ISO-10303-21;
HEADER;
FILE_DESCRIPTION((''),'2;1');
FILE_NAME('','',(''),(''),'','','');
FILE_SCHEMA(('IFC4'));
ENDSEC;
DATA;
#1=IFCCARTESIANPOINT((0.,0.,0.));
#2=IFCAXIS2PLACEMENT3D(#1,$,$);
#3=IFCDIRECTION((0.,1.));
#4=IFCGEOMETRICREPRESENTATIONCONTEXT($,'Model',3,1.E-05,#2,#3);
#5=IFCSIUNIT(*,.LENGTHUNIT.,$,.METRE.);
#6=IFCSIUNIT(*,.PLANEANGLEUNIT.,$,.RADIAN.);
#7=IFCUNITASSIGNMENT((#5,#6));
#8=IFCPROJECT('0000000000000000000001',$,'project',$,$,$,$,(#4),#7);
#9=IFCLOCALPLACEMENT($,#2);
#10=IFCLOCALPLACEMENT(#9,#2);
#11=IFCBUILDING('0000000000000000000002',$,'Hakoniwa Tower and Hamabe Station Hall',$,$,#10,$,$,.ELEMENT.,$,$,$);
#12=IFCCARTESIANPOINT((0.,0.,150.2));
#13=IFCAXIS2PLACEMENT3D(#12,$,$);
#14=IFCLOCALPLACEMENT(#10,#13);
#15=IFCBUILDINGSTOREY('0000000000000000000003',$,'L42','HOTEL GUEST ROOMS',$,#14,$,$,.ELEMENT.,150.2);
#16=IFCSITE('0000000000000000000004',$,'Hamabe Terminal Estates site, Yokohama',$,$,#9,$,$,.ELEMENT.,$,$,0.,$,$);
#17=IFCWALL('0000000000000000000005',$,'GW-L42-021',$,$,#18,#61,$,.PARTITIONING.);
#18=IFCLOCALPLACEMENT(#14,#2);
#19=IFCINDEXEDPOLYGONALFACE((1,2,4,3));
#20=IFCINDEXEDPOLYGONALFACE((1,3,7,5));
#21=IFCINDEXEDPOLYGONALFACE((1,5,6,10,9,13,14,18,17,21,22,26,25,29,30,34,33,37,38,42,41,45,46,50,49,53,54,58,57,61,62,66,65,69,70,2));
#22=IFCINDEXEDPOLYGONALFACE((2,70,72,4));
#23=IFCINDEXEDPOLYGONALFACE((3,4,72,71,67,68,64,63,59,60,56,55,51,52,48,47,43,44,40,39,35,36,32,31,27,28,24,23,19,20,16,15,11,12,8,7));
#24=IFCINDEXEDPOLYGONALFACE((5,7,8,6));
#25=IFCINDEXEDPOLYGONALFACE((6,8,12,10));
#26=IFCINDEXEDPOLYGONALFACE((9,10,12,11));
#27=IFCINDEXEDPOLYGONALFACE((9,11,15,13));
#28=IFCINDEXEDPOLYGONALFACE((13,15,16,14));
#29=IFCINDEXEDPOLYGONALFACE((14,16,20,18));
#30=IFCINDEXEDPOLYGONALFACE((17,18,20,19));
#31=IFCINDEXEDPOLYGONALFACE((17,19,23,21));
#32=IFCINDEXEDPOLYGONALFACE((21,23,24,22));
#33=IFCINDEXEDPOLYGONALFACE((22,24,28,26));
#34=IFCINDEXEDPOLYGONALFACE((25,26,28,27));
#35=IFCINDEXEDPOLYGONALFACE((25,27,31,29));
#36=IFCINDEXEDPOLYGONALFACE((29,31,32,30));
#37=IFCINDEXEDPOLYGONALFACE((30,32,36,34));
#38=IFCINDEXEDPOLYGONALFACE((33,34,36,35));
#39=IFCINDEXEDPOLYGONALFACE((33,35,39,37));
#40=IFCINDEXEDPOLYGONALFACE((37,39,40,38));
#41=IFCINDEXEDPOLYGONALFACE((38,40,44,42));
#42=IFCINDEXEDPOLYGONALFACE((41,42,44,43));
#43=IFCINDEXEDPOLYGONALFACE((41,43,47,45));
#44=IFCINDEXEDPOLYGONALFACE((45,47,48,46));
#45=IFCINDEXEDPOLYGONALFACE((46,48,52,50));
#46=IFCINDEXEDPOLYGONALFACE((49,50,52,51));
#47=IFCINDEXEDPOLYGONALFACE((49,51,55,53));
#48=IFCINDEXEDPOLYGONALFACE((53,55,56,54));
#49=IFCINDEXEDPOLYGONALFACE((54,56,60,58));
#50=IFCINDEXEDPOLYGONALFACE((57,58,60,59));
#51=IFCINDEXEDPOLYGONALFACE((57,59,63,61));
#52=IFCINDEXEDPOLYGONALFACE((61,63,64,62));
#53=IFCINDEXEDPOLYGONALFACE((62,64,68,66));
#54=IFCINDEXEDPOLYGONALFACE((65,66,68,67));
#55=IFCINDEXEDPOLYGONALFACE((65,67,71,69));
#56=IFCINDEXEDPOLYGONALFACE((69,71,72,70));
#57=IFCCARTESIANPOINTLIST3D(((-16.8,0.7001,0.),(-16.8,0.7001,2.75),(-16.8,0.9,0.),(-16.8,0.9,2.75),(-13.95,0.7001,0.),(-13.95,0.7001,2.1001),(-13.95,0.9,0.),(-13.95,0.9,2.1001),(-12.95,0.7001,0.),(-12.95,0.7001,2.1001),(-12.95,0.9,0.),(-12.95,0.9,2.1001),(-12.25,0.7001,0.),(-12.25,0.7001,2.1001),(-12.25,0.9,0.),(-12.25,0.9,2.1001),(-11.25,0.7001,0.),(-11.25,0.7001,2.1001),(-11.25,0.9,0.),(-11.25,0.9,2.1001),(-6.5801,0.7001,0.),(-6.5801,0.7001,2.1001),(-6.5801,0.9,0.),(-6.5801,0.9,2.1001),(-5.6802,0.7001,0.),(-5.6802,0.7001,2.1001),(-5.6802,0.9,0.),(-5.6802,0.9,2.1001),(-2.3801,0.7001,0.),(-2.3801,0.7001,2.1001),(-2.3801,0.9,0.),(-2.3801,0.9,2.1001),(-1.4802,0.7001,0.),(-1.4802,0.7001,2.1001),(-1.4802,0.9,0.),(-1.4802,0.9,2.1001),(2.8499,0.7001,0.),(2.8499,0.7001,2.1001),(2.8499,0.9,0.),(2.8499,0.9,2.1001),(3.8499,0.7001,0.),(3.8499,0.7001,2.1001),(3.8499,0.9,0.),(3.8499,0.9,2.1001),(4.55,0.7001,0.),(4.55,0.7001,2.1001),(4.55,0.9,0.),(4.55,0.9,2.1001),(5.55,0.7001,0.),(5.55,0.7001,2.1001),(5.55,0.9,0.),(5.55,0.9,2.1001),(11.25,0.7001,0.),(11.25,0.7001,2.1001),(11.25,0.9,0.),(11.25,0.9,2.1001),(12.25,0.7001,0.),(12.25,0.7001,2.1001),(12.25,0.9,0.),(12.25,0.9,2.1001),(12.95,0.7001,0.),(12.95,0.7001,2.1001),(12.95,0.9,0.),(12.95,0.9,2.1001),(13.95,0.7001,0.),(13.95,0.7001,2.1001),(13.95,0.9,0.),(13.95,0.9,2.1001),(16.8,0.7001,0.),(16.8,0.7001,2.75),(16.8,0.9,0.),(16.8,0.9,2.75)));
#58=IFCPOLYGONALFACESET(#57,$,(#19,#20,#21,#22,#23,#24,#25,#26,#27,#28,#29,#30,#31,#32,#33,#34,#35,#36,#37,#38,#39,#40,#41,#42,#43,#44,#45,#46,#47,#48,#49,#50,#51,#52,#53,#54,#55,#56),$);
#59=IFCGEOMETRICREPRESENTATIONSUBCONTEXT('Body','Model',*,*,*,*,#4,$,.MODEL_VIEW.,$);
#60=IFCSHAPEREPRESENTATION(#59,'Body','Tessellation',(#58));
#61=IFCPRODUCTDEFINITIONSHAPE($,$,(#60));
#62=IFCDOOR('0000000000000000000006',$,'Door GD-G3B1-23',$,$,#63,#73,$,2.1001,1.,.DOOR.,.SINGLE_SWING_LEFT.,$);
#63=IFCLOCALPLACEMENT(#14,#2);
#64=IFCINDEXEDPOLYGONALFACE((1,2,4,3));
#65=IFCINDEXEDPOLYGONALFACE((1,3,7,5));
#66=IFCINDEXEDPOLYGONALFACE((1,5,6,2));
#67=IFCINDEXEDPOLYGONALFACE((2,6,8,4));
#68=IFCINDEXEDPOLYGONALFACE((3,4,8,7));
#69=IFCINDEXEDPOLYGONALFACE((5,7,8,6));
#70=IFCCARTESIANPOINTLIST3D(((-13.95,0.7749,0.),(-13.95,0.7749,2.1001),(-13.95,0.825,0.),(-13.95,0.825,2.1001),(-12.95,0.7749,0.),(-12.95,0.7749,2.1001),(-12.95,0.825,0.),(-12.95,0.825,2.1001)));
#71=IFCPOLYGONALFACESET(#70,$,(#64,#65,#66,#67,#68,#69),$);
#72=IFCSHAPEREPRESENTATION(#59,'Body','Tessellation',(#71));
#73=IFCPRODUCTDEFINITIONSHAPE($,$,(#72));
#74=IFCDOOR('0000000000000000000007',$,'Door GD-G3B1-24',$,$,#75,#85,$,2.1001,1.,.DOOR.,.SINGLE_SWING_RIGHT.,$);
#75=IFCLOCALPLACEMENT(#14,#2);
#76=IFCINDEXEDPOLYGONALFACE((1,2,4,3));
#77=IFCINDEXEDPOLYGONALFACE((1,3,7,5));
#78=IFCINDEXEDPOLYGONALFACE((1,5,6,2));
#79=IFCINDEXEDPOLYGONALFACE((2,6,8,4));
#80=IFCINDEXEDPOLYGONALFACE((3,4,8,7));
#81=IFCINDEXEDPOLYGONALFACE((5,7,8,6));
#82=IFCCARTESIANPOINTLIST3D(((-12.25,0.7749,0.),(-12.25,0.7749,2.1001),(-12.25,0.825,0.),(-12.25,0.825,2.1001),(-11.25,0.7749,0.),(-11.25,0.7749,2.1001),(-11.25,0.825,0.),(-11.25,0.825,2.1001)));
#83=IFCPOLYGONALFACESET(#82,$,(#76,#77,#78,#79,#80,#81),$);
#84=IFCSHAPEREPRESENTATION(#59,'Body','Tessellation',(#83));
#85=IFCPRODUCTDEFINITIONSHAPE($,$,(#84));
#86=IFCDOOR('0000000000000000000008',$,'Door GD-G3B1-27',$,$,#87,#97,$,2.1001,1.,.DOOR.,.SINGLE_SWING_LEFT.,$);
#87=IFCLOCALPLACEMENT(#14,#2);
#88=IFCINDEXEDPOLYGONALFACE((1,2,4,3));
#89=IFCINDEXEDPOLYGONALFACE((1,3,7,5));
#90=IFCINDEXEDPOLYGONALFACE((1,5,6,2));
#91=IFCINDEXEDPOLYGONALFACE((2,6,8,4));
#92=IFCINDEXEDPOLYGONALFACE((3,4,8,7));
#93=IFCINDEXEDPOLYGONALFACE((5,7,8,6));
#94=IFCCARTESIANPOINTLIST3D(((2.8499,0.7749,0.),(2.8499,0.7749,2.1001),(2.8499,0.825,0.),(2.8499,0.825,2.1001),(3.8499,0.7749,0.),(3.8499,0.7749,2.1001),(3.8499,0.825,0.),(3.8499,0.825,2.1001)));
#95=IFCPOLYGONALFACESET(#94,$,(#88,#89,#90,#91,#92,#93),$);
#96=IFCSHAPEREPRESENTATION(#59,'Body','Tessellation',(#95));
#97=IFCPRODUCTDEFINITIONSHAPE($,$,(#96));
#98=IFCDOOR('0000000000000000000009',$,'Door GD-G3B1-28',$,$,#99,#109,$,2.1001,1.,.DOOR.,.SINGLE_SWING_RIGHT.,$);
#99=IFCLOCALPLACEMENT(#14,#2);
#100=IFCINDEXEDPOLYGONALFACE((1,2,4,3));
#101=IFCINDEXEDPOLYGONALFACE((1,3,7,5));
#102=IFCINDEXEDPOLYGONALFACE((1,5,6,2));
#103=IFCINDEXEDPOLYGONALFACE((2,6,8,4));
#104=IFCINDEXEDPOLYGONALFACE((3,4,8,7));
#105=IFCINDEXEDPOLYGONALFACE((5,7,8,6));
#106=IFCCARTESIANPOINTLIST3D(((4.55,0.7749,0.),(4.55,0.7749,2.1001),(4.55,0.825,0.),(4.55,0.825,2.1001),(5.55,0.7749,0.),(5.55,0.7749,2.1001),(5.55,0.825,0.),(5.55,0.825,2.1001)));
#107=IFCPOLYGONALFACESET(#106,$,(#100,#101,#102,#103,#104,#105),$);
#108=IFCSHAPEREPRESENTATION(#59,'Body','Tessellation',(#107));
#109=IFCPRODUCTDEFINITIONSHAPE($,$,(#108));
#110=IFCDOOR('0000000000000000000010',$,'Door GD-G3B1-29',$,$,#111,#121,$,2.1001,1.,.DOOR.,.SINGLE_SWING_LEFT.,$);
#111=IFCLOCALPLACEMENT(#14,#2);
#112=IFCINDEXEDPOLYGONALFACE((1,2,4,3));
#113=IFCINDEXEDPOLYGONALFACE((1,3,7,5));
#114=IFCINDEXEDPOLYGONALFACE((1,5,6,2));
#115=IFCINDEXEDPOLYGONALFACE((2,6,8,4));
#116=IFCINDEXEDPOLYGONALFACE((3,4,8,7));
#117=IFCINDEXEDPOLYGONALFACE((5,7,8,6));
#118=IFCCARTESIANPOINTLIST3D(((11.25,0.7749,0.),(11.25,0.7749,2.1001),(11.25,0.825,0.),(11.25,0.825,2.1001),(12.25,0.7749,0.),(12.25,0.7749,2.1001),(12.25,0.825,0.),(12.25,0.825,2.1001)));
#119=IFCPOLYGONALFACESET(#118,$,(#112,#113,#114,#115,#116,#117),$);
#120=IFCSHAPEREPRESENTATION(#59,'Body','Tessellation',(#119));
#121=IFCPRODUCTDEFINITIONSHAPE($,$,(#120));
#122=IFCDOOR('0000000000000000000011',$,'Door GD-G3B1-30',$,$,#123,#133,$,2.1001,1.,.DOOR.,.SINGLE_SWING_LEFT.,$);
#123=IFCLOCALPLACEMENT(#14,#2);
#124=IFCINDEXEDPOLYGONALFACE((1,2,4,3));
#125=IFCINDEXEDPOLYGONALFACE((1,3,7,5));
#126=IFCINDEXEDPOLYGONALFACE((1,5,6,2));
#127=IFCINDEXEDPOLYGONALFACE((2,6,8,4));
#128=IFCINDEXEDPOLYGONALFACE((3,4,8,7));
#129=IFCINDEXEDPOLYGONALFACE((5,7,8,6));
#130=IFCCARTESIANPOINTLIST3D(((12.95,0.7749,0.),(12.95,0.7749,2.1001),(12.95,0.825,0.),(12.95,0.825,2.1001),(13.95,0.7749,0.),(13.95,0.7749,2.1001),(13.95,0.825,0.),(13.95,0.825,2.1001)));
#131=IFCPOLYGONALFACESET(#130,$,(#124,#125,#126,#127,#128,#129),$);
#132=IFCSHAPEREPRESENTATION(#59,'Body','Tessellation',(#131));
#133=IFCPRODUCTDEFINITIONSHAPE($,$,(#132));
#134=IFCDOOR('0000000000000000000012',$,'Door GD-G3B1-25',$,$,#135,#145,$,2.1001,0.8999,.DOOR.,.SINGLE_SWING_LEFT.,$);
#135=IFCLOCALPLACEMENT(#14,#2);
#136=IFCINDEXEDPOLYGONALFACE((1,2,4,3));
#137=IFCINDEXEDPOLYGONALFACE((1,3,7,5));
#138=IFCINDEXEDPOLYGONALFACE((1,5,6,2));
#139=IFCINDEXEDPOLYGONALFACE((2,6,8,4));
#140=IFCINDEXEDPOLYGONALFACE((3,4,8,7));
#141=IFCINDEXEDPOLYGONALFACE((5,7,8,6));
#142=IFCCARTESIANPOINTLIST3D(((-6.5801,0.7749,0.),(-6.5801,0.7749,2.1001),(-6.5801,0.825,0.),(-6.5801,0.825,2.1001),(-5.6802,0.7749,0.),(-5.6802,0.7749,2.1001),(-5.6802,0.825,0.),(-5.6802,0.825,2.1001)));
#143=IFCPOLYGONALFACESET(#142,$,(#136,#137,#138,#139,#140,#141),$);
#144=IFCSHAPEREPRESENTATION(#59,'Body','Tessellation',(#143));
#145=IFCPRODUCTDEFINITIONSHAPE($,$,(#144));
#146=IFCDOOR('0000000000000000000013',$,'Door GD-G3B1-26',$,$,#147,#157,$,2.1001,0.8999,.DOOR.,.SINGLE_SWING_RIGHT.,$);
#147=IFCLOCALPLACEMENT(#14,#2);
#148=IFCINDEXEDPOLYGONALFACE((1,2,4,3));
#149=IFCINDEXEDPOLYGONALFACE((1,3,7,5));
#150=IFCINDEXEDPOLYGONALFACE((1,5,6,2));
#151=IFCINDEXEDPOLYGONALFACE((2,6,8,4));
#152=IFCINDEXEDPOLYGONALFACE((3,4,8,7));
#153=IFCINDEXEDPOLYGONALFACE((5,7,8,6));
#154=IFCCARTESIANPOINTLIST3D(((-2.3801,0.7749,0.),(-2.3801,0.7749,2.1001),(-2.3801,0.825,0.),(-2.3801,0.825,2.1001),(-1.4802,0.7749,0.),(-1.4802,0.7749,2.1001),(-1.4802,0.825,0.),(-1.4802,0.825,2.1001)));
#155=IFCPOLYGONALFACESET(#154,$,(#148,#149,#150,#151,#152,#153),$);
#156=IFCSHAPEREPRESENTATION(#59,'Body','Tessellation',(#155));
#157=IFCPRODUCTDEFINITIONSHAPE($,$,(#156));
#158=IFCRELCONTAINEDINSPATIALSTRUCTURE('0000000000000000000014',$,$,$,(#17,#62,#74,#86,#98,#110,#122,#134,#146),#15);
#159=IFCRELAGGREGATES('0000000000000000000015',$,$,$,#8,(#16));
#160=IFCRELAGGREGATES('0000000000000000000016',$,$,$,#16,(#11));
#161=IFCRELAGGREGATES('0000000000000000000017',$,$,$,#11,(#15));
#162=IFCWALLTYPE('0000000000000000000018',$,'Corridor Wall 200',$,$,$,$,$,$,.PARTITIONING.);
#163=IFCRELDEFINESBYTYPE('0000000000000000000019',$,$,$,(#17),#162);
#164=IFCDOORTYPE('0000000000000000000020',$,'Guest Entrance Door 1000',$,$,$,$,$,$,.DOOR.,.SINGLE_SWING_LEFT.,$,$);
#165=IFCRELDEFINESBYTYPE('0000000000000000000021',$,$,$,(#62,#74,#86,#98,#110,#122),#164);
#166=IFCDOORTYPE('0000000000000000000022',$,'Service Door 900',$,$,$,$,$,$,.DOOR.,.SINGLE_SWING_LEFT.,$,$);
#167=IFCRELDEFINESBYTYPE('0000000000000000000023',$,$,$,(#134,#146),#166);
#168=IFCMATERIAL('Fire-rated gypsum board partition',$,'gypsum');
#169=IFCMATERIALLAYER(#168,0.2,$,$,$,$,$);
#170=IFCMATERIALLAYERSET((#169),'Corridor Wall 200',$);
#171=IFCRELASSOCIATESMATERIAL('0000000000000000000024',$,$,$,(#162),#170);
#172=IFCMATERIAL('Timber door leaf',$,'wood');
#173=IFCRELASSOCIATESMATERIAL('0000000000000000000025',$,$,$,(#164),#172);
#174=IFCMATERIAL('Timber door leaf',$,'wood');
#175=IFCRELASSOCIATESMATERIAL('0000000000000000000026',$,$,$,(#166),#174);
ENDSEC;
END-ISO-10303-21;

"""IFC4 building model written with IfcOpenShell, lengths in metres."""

from ifc_helpers import new_model, si_unit, direction, frame, frame_2d, origin, place, context, subcontext, project, spatial, rectangle, extrude, material, layer, layer_set, type_object, element, fill, save


model = new_model("IFC4")

# Units and contexts
model_context = context("Model", 3, precision=1e-05, world=origin(), true_north=direction((0.0, 1.0)))
body_context = subcontext(model_context, "Body", "Model", "MODEL_VIEW")
ifc_project = project(units=[si_unit("LENGTHUNIT", "METRE"), si_unit("PLANEANGLEUNIT", "RADIAN")], contexts=[model_context])

# Site, building, storey
site_placement = place(None, origin())
site = spatial("IfcSite", under=ifc_project, at=site_placement, Name="Hamabe Terminal Estates site, Yokohama", CompositionType="ELEMENT", RefElevation=0.0)
building_placement = place(site_placement, origin())
building = spatial("IfcBuilding", under=site, at=building_placement, Name="Hakoniwa Tower and Hamabe Station Hall", CompositionType="ELEMENT")
storey_placement = place(building_placement, frame((0.0, 0.0, 150.2)))
storey = spatial("IfcBuildingStorey", under=building, at=storey_placement, Name="L42", Description="HOTEL GUEST ROOMS", CompositionType="ELEMENT", Elevation=150.2)

# Wall, openings, doors
ifc_material_1 = material(Name="Fire-rated gypsum board partition", Category="gypsum")
ifc_layer_1 = layer(ifc_material_1, 0.2)
ifc_layer_set_1 = layer_set([ifc_layer_1], Name="Corridor Wall 200")
wall_type_1 = type_object("IfcWallType", Name="Corridor Wall 200", PredefinedType="PARTITIONING", material=ifc_layer_set_1)
ifc_material_2 = material(Name="Timber door leaf", Category="wood")
door_type_1 = type_object("IfcDoorType", Name="Guest Entrance Door 1000", OperationType="SINGLE_SWING_LEFT", PredefinedType="DOOR", material=ifc_material_2)
wall_1_placement = place(storey_placement, frame((-16.8, 0.8, 0.0), z_axis=(0.0, 0.0, 1.0), x_axis=(1.0, 0.0, 0.0)))
wall_1 = element("IfcWall", 1, at=wall_1_placement, inside=storey, type_object=wall_type_1, Name="GW-L42-021", PredefinedType="PARTITIONING", context=body_context, shape_type="SweptSolid", body=[
    extrude(rectangle(XDim=33.6001, YDim=0.2, at=frame_2d((16.8, 0.0))), origin(), (0.0, 0.0, 1.0), 2.75),
])
opening_1_placement = place(wall_1_placement, frame((2.8501, 0.0, 0.0)))
opening_1 = element("IfcOpeningElement", 2, at=opening_1_placement, cuts=wall_1, PredefinedType="OPENING", context=body_context, shape_type="SweptSolid", body=[
    extrude(rectangle(XDim=1.0, YDim=2.1001, at=frame_2d((0.5, 1.05))), frame((0.0, 0.1099, 0.0), z_axis=(0.0, -1.0, 0.0), x_axis=(1.0, 0.0, 0.0)), (0.0, 0.0, 1.0), 0.22),
])
opening_2_placement = place(wall_1_placement, frame((4.55, 0.0, 0.0)))
opening_2 = element("IfcOpeningElement", 3, at=opening_2_placement, cuts=wall_1, PredefinedType="OPENING", context=body_context, shape_type="SweptSolid", body=[
    extrude(rectangle(XDim=1.0, YDim=2.1001, at=frame_2d((0.5, 1.05))), frame((0.0, 0.1099, 0.0), z_axis=(0.0, -1.0, 0.0), x_axis=(1.0, 0.0, 0.0)), (0.0, 0.0, 1.0), 0.22),
])
opening_3_placement = place(wall_1_placement, frame((10.22, 0.0, 0.0)))
opening_3 = element("IfcOpeningElement", 4, at=opening_3_placement, cuts=wall_1, PredefinedType="OPENING", context=body_context, shape_type="SweptSolid", body=[
    extrude(rectangle(XDim=0.8999, YDim=2.1001, at=frame_2d((0.45, 1.05))), frame((0.0, 0.1099, 0.0), z_axis=(0.0, -1.0, 0.0), x_axis=(1.0, 0.0, 0.0)), (0.0, 0.0, 1.0), 0.22),
])
opening_4_placement = place(wall_1_placement, frame((14.4199, 0.0, 0.0)))
opening_4 = element("IfcOpeningElement", 5, at=opening_4_placement, cuts=wall_1, PredefinedType="OPENING", context=body_context, shape_type="SweptSolid", body=[
    extrude(rectangle(XDim=0.8999, YDim=2.1001, at=frame_2d((0.45, 1.05))), frame((0.0, 0.1099, 0.0), z_axis=(0.0, -1.0, 0.0), x_axis=(1.0, 0.0, 0.0)), (0.0, 0.0, 1.0), 0.22),
])
opening_5_placement = place(wall_1_placement, frame((19.6499, 0.0, 0.0)))
opening_5 = element("IfcOpeningElement", 6, at=opening_5_placement, cuts=wall_1, PredefinedType="OPENING", context=body_context, shape_type="SweptSolid", body=[
    extrude(rectangle(XDim=1.0, YDim=2.1001, at=frame_2d((0.5, 1.05))), frame((0.0, 0.1099, 0.0), z_axis=(0.0, -1.0, 0.0), x_axis=(1.0, 0.0, 0.0)), (0.0, 0.0, 1.0), 0.22),
])
opening_6_placement = place(wall_1_placement, frame((21.3501, 0.0, 0.0)))
opening_6 = element("IfcOpeningElement", 7, at=opening_6_placement, cuts=wall_1, PredefinedType="OPENING", context=body_context, shape_type="SweptSolid", body=[
    extrude(rectangle(XDim=1.0, YDim=2.1001, at=frame_2d((0.5, 1.05))), frame((0.0, 0.1099, 0.0), z_axis=(0.0, -1.0, 0.0), x_axis=(1.0, 0.0, 0.0)), (0.0, 0.0, 1.0), 0.22),
])
opening_7_placement = place(wall_1_placement, frame((28.05, 0.0, 0.0)))
opening_7 = element("IfcOpeningElement", 8, at=opening_7_placement, cuts=wall_1, PredefinedType="OPENING", context=body_context, shape_type="SweptSolid", body=[
    extrude(rectangle(XDim=1.0, YDim=2.1001, at=frame_2d((0.5, 1.05))), frame((0.0, 0.1099, 0.0), z_axis=(0.0, -1.0, 0.0), x_axis=(1.0, 0.0, 0.0)), (0.0, 0.0, 1.0), 0.22),
])
opening_8_placement = place(wall_1_placement, frame((29.75, 0.0, 0.0)))
opening_8 = element("IfcOpeningElement", 9, at=opening_8_placement, cuts=wall_1, PredefinedType="OPENING", context=body_context, shape_type="SweptSolid", body=[
    extrude(rectangle(XDim=1.0, YDim=2.1001, at=frame_2d((0.5, 1.05))), frame((0.0, 0.1099, 0.0), z_axis=(0.0, -1.0, 0.0), x_axis=(1.0, 0.0, 0.0)), (0.0, 0.0, 1.0), 0.22),
])
door_1_placement = place(opening_1_placement, origin())
door_1 = element("IfcDoor", 10, at=door_1_placement, inside=storey, type_object=door_type_1, Name="Door GD-G3B1-23", OperationType="SINGLE_SWING_LEFT", OverallHeight=2.1001, OverallWidth=1.0, PredefinedType="DOOR", context=body_context, shape_type="SweptSolid", body=[
    extrude(rectangle(XDim=1.0, YDim=2.1001, at=frame_2d((0.5, 1.05))), frame((0.0, 0.0249, 0.0), z_axis=(0.0, -1.0, 0.0), x_axis=(1.0, 0.0, 0.0)), (0.0, 0.0, 1.0), 0.05),
])
fill(opening_1, door_1)
door_2_placement = place(opening_2_placement, origin())
door_2 = element("IfcDoor", 11, at=door_2_placement, inside=storey, type_object=door_type_1, Name="Door GD-G3B1-24", OperationType="SINGLE_SWING_RIGHT", OverallHeight=2.1001, OverallWidth=1.0, PredefinedType="DOOR", context=body_context, shape_type="SweptSolid", body=[
    extrude(rectangle(XDim=1.0, YDim=2.1001, at=frame_2d((0.5, 1.05))), frame((0.0, 0.0249, 0.0), z_axis=(0.0, -1.0, 0.0), x_axis=(1.0, 0.0, 0.0)), (0.0, 0.0, 1.0), 0.05),
])
fill(opening_2, door_2)
door_3_placement = place(opening_5_placement, origin())
door_3 = element("IfcDoor", 12, at=door_3_placement, inside=storey, type_object=door_type_1, Name="Door GD-G3B1-27", OperationType="SINGLE_SWING_LEFT", OverallHeight=2.1001, OverallWidth=1.0, PredefinedType="DOOR", context=body_context, shape_type="SweptSolid", body=[
    extrude(rectangle(XDim=1.0, YDim=2.1001, at=frame_2d((0.5, 1.05))), frame((0.0, 0.0249, 0.0), z_axis=(0.0, -1.0, 0.0), x_axis=(1.0, 0.0, 0.0)), (0.0, 0.0, 1.0), 0.05),
])
fill(opening_5, door_3)
door_4_placement = place(opening_6_placement, origin())
door_4 = element("IfcDoor", 13, at=door_4_placement, inside=storey, type_object=door_type_1, Name="Door GD-G3B1-28", OperationType="SINGLE_SWING_RIGHT", OverallHeight=2.1001, OverallWidth=1.0, PredefinedType="DOOR", context=body_context, shape_type="SweptSolid", body=[
    extrude(rectangle(XDim=1.0, YDim=2.1001, at=frame_2d((0.5, 1.05))), frame((0.0, 0.0249, 0.0), z_axis=(0.0, -1.0, 0.0), x_axis=(1.0, 0.0, 0.0)), (0.0, 0.0, 1.0), 0.05),
])
fill(opening_6, door_4)
door_5_placement = place(opening_7_placement, origin())
door_5 = element("IfcDoor", 14, at=door_5_placement, inside=storey, type_object=door_type_1, Name="Door GD-G3B1-29", OperationType="SINGLE_SWING_LEFT", OverallHeight=2.1001, OverallWidth=1.0, PredefinedType="DOOR", context=body_context, shape_type="SweptSolid", body=[
    extrude(rectangle(XDim=1.0, YDim=2.1001, at=frame_2d((0.5, 1.05))), frame((0.0, 0.0249, 0.0), z_axis=(0.0, -1.0, 0.0), x_axis=(1.0, 0.0, 0.0)), (0.0, 0.0, 1.0), 0.05),
])
fill(opening_7, door_5)
door_6_placement = place(opening_8_placement, origin())
door_6 = element("IfcDoor", 15, at=door_6_placement, inside=storey, type_object=door_type_1, Name="Door GD-G3B1-30", OperationType="SINGLE_SWING_LEFT", OverallHeight=2.1001, OverallWidth=1.0, PredefinedType="DOOR", context=body_context, shape_type="SweptSolid", body=[
    extrude(rectangle(XDim=1.0, YDim=2.1001, at=frame_2d((0.5, 1.05))), frame((0.0, 0.0249, 0.0), z_axis=(0.0, -1.0, 0.0), x_axis=(1.0, 0.0, 0.0)), (0.0, 0.0, 1.0), 0.05),
])
fill(opening_8, door_6)
ifc_material_3 = material(Name="Timber door leaf", Category="wood")
door_type_2 = type_object("IfcDoorType", Name="Service Door 900", OperationType="SINGLE_SWING_LEFT", PredefinedType="DOOR", material=ifc_material_3)
door_7_placement = place(opening_3_placement, origin())
door_7 = element("IfcDoor", 16, at=door_7_placement, inside=storey, type_object=door_type_2, Name="Door GD-G3B1-25", OperationType="SINGLE_SWING_LEFT", OverallHeight=2.1001, OverallWidth=0.8999, PredefinedType="DOOR", context=body_context, shape_type="SweptSolid", body=[
    extrude(rectangle(XDim=0.8999, YDim=2.1001, at=frame_2d((0.45, 1.05))), frame((0.0, 0.0249, 0.0), z_axis=(0.0, -1.0, 0.0), x_axis=(1.0, 0.0, 0.0)), (0.0, 0.0, 1.0), 0.05),
])
fill(opening_3, door_7)
door_8_placement = place(opening_4_placement, origin())
door_8 = element("IfcDoor", 17, at=door_8_placement, inside=storey, type_object=door_type_2, Name="Door GD-G3B1-26", OperationType="SINGLE_SWING_RIGHT", OverallHeight=2.1001, OverallWidth=0.8999, PredefinedType="DOOR", context=body_context, shape_type="SweptSolid", body=[
    extrude(rectangle(XDim=0.8999, YDim=2.1001, at=frame_2d((0.45, 1.05))), frame((0.0, 0.0249, 0.0), z_axis=(0.0, -1.0, 0.0), x_axis=(1.0, 0.0, 0.0)), (0.0, 0.0, 1.0), 0.05),
])
fill(opening_4, door_8)

save(model, "model.ifc")
